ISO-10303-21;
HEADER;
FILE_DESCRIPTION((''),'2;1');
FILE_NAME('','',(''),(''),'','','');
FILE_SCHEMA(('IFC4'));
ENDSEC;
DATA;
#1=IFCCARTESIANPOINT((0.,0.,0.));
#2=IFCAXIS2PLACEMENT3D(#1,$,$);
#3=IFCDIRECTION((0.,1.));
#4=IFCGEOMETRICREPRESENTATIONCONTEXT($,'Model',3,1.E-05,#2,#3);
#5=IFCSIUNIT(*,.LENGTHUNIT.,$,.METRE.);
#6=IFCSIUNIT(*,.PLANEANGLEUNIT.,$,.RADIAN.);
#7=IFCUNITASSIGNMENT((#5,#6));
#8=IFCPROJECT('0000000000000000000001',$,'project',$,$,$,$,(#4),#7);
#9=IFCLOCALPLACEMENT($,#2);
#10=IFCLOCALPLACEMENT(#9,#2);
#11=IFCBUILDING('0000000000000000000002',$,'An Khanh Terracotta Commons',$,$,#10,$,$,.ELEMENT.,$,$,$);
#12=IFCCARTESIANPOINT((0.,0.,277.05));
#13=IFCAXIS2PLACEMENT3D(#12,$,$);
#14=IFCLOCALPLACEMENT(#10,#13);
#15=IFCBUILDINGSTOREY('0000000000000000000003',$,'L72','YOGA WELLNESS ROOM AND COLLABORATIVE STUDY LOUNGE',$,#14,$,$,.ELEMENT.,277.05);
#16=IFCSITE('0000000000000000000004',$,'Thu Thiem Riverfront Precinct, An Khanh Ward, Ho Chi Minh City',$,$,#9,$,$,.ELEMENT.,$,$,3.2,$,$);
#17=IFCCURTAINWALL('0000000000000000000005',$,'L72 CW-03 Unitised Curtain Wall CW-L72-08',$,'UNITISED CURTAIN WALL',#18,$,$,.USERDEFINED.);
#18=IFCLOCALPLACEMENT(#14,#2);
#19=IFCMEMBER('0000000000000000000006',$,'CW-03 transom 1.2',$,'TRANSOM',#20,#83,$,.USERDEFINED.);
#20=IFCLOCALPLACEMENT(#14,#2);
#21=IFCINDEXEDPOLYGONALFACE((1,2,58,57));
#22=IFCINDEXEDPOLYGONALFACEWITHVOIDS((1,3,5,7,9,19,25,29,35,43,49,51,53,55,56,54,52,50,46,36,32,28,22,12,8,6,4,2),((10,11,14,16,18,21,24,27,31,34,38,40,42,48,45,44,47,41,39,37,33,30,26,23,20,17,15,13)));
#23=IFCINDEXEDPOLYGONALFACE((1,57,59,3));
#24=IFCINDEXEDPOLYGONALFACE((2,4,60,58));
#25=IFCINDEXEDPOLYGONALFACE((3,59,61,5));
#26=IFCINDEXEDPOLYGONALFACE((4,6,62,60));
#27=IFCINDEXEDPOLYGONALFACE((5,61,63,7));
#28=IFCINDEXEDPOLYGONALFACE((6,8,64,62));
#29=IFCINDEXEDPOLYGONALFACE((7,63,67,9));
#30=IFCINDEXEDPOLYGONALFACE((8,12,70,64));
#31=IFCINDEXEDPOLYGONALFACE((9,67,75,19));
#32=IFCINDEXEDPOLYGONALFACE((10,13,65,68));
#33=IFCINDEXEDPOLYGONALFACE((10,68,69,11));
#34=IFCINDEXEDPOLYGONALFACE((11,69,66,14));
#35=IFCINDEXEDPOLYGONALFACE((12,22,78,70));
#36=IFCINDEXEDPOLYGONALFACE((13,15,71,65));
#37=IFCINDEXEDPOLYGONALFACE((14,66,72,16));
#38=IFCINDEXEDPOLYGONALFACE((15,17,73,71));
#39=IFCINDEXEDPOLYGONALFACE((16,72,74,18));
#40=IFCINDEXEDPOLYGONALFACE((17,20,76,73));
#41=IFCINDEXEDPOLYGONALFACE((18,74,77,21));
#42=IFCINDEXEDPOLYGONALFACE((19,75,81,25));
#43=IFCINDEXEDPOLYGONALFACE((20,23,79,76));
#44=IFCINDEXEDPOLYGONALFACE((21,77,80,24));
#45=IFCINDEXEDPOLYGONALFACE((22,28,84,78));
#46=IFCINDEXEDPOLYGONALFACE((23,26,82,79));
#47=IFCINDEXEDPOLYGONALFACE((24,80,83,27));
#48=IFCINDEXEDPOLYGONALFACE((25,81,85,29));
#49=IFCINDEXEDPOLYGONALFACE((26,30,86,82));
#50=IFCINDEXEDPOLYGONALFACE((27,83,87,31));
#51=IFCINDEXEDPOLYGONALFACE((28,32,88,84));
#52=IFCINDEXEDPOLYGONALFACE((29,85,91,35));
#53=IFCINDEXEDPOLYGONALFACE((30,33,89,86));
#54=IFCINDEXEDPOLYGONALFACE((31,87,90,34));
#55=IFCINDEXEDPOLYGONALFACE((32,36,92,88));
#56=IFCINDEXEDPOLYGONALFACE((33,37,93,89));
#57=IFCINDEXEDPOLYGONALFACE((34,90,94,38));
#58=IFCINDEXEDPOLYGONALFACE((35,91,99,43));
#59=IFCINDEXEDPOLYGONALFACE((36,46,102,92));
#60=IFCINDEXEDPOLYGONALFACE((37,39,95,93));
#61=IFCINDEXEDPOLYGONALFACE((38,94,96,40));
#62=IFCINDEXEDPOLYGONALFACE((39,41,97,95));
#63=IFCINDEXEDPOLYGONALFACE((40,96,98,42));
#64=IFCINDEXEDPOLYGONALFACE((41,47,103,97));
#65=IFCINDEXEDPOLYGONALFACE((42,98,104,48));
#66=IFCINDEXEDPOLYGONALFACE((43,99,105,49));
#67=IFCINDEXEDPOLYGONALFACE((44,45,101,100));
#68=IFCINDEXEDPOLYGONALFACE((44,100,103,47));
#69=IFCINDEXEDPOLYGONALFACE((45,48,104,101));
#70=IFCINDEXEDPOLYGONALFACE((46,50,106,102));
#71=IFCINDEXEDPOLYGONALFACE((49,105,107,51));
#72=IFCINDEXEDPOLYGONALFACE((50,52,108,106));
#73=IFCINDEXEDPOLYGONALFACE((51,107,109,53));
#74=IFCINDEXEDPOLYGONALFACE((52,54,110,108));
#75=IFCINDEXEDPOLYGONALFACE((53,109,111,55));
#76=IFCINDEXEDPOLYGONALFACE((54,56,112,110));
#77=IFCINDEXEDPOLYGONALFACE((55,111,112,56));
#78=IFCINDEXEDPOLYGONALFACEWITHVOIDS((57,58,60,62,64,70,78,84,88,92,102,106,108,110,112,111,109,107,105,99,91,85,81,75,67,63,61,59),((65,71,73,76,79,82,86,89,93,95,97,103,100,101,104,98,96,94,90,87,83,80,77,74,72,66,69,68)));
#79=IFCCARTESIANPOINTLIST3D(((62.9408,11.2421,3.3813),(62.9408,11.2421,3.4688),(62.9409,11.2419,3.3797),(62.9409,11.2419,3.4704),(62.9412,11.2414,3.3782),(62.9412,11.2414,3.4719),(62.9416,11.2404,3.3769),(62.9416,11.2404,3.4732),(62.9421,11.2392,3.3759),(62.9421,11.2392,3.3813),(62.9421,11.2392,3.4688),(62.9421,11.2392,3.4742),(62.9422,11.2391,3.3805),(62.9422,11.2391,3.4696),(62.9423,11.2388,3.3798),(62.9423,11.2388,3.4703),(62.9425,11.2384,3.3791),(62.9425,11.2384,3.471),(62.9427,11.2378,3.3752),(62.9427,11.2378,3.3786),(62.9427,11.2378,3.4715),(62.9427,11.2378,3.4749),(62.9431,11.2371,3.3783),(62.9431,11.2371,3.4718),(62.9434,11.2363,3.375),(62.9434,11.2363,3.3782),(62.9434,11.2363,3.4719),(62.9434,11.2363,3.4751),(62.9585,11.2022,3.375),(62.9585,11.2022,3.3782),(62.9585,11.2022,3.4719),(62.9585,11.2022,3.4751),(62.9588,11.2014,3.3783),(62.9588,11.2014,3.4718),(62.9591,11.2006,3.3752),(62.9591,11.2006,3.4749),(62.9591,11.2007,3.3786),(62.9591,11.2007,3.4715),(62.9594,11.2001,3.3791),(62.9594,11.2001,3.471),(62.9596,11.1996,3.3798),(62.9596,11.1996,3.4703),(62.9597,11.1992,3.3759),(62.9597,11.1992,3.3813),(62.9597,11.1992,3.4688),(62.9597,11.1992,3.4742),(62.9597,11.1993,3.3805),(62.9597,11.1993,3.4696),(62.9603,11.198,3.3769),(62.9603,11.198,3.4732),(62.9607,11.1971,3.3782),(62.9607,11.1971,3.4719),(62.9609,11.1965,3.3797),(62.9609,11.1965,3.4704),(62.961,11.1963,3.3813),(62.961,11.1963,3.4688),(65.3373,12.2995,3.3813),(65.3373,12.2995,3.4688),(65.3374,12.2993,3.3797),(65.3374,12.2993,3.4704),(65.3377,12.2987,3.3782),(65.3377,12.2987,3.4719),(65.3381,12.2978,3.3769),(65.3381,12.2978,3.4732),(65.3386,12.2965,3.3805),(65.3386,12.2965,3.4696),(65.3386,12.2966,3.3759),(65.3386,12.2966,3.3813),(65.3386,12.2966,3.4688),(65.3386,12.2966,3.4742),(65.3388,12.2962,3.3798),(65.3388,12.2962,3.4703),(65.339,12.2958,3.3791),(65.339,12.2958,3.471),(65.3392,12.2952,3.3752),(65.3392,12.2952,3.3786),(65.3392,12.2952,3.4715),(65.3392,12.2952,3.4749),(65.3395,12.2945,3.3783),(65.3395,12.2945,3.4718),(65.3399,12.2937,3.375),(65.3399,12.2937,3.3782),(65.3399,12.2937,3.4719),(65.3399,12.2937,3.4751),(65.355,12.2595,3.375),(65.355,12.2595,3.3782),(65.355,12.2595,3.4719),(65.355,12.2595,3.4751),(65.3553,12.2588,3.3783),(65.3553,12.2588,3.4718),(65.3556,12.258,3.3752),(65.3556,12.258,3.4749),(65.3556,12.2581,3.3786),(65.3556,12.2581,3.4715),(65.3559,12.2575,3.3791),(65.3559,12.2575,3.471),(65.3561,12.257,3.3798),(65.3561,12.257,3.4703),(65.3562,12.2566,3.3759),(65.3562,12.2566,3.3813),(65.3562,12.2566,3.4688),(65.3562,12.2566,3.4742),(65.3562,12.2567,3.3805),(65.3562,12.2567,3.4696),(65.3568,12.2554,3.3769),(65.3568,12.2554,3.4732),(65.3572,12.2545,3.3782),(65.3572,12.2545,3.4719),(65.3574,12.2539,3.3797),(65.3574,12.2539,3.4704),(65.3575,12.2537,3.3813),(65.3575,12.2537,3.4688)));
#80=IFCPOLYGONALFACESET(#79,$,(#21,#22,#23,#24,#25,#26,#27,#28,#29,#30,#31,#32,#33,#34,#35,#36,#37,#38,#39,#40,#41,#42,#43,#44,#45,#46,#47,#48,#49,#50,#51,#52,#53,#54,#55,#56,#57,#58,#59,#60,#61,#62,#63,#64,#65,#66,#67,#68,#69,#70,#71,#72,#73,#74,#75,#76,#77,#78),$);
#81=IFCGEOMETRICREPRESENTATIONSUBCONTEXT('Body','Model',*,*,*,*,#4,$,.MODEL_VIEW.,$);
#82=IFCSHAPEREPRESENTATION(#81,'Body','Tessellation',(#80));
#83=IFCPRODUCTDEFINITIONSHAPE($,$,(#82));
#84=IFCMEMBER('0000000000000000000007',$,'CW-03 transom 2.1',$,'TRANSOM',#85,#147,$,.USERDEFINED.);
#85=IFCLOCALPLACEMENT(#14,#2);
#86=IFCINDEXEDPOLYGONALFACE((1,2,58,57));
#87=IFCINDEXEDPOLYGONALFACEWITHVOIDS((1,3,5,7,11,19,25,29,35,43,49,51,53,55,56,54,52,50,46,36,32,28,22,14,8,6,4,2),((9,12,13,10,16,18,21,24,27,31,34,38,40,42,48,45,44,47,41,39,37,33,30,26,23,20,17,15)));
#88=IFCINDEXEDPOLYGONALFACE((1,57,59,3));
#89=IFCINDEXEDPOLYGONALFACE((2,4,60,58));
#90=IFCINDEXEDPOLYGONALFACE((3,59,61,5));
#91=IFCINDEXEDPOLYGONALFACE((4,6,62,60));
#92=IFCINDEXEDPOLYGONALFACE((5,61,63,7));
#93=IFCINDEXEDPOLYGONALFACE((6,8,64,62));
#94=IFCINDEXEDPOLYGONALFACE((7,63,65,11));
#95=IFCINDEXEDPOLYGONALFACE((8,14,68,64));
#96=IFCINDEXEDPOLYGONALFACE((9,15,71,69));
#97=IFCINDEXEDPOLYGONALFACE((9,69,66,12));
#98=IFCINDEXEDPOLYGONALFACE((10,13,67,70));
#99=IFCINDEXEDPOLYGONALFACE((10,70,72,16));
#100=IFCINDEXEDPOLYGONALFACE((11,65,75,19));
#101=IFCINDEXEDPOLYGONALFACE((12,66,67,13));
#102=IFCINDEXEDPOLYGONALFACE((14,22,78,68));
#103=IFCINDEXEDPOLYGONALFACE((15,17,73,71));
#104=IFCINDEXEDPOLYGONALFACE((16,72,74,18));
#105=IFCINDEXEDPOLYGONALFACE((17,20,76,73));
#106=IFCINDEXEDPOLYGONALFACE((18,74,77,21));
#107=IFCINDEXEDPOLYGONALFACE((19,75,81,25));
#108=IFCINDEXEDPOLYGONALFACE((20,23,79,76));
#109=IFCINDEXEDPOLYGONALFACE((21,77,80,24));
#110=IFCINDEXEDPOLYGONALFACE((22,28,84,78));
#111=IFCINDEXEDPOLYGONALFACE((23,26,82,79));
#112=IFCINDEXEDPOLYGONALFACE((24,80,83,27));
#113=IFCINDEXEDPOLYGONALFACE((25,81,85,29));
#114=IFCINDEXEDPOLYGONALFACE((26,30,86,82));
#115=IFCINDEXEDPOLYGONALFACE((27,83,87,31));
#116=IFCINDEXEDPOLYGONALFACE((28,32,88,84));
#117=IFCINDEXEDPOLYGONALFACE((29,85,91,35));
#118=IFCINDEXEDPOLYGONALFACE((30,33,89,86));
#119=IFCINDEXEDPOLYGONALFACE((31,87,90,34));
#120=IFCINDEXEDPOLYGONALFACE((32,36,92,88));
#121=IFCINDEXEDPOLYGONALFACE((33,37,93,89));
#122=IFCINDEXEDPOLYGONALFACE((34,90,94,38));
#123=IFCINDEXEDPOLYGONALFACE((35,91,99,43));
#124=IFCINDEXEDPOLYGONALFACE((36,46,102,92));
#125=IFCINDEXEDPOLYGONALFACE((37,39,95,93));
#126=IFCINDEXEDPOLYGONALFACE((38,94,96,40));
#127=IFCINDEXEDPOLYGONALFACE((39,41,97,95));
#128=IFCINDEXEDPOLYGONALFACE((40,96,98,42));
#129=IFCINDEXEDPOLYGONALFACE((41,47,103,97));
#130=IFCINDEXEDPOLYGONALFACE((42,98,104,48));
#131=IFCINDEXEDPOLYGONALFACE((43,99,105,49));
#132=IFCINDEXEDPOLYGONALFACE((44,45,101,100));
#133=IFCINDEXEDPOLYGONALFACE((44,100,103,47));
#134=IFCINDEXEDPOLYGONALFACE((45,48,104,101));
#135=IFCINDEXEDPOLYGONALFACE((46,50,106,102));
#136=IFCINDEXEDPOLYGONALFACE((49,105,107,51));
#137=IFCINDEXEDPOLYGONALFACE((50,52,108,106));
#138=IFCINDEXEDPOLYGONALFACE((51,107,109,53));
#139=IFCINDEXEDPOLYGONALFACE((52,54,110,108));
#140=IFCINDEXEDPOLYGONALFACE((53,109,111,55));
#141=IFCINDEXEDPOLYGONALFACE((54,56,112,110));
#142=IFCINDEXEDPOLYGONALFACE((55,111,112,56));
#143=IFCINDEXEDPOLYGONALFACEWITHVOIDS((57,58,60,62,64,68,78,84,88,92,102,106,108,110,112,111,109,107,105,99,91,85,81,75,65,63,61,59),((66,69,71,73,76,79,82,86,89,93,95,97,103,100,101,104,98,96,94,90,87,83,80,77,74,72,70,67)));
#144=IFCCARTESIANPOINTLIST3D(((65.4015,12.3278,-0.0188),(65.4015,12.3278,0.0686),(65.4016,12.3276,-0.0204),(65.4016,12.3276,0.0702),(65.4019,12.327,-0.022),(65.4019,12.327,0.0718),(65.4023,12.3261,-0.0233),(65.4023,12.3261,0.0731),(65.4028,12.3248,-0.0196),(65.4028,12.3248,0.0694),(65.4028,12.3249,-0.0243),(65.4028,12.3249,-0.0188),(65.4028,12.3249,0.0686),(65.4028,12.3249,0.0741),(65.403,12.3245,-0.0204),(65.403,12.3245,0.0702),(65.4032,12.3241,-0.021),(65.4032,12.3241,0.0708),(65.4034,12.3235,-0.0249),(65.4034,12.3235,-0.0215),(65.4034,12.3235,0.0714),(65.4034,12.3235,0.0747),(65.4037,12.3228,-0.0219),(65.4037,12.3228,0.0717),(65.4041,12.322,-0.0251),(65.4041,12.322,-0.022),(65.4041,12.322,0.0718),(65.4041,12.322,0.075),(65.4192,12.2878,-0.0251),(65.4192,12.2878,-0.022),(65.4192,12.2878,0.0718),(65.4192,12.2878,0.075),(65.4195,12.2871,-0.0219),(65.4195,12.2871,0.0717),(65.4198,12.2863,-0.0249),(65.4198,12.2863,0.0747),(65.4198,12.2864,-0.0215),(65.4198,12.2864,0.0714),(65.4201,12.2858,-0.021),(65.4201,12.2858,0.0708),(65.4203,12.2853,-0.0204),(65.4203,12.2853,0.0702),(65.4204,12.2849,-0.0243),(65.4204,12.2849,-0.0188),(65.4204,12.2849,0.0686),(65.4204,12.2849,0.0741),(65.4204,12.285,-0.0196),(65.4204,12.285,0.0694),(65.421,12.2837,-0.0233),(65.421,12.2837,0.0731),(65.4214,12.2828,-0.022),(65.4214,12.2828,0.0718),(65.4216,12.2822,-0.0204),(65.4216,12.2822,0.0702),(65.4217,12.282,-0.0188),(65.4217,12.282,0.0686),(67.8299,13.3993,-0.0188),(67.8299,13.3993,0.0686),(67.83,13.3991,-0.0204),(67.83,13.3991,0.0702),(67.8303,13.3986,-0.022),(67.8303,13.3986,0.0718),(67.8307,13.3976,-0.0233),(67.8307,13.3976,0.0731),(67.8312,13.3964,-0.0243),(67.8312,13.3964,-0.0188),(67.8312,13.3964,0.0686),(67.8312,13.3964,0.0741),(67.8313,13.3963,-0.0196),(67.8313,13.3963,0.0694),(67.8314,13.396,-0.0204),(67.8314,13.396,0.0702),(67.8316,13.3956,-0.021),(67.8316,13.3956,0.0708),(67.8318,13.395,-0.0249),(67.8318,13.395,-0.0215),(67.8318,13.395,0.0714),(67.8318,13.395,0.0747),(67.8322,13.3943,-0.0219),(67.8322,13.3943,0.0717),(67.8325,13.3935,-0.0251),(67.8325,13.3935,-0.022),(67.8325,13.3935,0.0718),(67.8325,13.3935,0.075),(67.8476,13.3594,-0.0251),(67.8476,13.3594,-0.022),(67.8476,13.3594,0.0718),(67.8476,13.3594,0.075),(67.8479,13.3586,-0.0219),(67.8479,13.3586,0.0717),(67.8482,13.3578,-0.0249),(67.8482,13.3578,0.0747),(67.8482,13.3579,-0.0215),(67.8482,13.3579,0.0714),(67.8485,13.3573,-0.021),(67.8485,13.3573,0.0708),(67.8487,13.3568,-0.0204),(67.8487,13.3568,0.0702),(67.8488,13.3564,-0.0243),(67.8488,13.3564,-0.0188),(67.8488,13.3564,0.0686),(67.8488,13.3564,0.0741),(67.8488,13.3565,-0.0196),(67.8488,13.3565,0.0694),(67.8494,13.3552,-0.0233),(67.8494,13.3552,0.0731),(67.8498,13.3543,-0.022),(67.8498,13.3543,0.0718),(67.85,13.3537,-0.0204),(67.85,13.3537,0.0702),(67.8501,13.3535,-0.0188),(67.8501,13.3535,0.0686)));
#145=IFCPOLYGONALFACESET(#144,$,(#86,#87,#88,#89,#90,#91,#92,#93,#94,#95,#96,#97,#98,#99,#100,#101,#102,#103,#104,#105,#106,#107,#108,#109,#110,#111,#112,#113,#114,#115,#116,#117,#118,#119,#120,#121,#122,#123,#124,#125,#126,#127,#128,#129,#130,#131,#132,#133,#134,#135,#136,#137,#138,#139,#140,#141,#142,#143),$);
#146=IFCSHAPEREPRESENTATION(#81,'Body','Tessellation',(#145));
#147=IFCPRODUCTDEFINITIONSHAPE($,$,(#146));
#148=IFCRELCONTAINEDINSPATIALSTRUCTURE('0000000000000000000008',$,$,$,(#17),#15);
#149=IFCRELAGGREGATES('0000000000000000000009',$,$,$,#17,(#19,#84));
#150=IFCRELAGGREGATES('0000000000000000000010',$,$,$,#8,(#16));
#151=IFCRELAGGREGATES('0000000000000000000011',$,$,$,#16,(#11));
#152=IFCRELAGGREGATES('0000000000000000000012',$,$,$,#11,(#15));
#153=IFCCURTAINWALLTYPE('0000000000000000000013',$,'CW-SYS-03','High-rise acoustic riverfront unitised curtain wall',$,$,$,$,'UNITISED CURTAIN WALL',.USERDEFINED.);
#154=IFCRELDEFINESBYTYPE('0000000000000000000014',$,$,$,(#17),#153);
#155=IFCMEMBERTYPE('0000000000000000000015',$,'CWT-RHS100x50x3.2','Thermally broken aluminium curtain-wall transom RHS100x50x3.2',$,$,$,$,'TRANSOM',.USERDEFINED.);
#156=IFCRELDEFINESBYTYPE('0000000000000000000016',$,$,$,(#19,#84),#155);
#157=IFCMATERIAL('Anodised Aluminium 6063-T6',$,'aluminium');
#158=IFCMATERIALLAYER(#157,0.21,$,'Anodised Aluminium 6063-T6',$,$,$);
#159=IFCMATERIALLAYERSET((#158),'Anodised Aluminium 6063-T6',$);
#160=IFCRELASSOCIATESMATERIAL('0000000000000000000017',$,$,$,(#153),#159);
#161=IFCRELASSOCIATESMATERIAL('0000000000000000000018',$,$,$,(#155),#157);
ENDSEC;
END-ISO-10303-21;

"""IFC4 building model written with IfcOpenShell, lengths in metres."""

from ifc_helpers import new_model, si_unit, direction, frame, origin, origin_2d, place, context, subcontext, project, spatial, hollow_rectangle, extrude, material, layer, layer_set, material_profile, profile_set, type_object, element, aggregate, save


model = new_model("IFC4")

# Units and contexts
model_context = context("Model", 3, precision=1e-05, world=origin(), true_north=direction((0.0, 1.0)))
body_context = subcontext(model_context, "Body", "Model", "MODEL_VIEW")
ifc_project = project(units=[si_unit("LENGTHUNIT", "METRE"), si_unit("PLANEANGLEUNIT", "RADIAN")], contexts=[model_context])

# Site, building, storey
site_placement = place(None, origin())
site = spatial("IfcSite", under=ifc_project, at=site_placement, Name="Thu Thiem Riverfront Precinct, An Khanh Ward, Ho Chi Minh City", CompositionType="ELEMENT", RefElevation=3.2)
building_placement = place(site_placement, origin())
building = spatial("IfcBuilding", under=site, at=building_placement, Name="An Khanh Terracotta Commons", CompositionType="ELEMENT")
storey_placement = place(building_placement, frame((0.0, 0.0, 277.05)))
storey = spatial("IfcBuildingStorey", under=building, at=storey_placement, Name="L72", Description="YOGA WELLNESS ROOM AND COLLABORATIVE STUDY LOUNGE", CompositionType="ELEMENT", Elevation=277.05)

# Curtain wall, members
ifc_material_1 = material(Name="Anodised Aluminium 6063-T6", Category="aluminium")
ifc_layer_1 = layer(ifc_material_1, 0.21, Name="Anodised Aluminium 6063-T6")
ifc_layer_set_1 = layer_set([ifc_layer_1], Name="Anodised Aluminium 6063-T6")
curtain_wall_type = type_object("IfcCurtainWallType", Name="CW-SYS-03", Description="High-rise acoustic riverfront unitised curtain wall", ElementType="UNITISED CURTAIN WALL", PredefinedType="USERDEFINED", material=ifc_layer_set_1)
curtain_wall_placement = place(storey_placement, origin())
curtain_wall = element("IfcCurtainWall", 1, at=curtain_wall_placement, inside=storey, type_object=curtain_wall_type, Name="L72 CW-03 Unitised Curtain Wall CW-L72-08", ObjectType="UNITISED CURTAIN WALL", PredefinedType="USERDEFINED")
ifc_material_profile_1 = material_profile(ifc_material_1, hollow_rectangle(XDim=0.05, YDim=0.1001, WallThickness=0.0032, InnerFilletRadius=0.0032, OuterFilletRadius=0.0063, at=origin_2d()), Name="RHS100x50x3.2")
ifc_profile_set_1 = profile_set([ifc_material_profile_1], Name="Anodised Aluminium 6063-T6")
member_type_1 = type_object("IfcMemberType", Name="CWT-RHS100x50x3.2", Description="Thermally broken aluminium curtain-wall transom RHS100x50x3.2", ElementType="TRANSOM", PredefinedType="USERDEFINED", material=ifc_profile_set_1)
member_1_placement = place(storey_placement, frame((62.9509, 11.2192, 3.425), z_axis=(0.914904, 0.403672, 0.0), x_axis=(-0.403672, 0.914904, 0.0)))
member_1 = element("IfcMember", 2, at=member_1_placement, type_object=member_type_1, Name="CW-03 transom 1.2", ObjectType="TRANSOM", PredefinedType="USERDEFINED", context=body_context, shape_type="SweptSolid", body=[
    extrude(hollow_rectangle(XDim=0.05, YDim=0.1001, WallThickness=0.0032, InnerFilletRadius=0.0032, OuterFilletRadius=0.0063, at=origin_2d()), origin(), (0.0, 0.0, 1.0), 2.6194),
])
member_2_placement = place(storey_placement, frame((65.4116, 12.3049, 0.0249), z_axis=(0.914897, 0.403688, 0.0), x_axis=(-0.403688, 0.914897, 0.0)))
member_2 = element("IfcMember", 3, at=member_2_placement, type_object=member_type_1, Name="CW-03 transom 2.1", ObjectType="TRANSOM", PredefinedType="USERDEFINED", context=body_context, shape_type="SweptSolid", body=[
    extrude(hollow_rectangle(XDim=0.05, YDim=0.1001, WallThickness=0.0032, InnerFilletRadius=0.0032, OuterFilletRadius=0.0063, at=origin_2d()), origin(), (0.0, 0.0, 1.0), 2.6543),
])
aggregate(curtain_wall, [member_1, member_2])

save(model, "model.ifc")
